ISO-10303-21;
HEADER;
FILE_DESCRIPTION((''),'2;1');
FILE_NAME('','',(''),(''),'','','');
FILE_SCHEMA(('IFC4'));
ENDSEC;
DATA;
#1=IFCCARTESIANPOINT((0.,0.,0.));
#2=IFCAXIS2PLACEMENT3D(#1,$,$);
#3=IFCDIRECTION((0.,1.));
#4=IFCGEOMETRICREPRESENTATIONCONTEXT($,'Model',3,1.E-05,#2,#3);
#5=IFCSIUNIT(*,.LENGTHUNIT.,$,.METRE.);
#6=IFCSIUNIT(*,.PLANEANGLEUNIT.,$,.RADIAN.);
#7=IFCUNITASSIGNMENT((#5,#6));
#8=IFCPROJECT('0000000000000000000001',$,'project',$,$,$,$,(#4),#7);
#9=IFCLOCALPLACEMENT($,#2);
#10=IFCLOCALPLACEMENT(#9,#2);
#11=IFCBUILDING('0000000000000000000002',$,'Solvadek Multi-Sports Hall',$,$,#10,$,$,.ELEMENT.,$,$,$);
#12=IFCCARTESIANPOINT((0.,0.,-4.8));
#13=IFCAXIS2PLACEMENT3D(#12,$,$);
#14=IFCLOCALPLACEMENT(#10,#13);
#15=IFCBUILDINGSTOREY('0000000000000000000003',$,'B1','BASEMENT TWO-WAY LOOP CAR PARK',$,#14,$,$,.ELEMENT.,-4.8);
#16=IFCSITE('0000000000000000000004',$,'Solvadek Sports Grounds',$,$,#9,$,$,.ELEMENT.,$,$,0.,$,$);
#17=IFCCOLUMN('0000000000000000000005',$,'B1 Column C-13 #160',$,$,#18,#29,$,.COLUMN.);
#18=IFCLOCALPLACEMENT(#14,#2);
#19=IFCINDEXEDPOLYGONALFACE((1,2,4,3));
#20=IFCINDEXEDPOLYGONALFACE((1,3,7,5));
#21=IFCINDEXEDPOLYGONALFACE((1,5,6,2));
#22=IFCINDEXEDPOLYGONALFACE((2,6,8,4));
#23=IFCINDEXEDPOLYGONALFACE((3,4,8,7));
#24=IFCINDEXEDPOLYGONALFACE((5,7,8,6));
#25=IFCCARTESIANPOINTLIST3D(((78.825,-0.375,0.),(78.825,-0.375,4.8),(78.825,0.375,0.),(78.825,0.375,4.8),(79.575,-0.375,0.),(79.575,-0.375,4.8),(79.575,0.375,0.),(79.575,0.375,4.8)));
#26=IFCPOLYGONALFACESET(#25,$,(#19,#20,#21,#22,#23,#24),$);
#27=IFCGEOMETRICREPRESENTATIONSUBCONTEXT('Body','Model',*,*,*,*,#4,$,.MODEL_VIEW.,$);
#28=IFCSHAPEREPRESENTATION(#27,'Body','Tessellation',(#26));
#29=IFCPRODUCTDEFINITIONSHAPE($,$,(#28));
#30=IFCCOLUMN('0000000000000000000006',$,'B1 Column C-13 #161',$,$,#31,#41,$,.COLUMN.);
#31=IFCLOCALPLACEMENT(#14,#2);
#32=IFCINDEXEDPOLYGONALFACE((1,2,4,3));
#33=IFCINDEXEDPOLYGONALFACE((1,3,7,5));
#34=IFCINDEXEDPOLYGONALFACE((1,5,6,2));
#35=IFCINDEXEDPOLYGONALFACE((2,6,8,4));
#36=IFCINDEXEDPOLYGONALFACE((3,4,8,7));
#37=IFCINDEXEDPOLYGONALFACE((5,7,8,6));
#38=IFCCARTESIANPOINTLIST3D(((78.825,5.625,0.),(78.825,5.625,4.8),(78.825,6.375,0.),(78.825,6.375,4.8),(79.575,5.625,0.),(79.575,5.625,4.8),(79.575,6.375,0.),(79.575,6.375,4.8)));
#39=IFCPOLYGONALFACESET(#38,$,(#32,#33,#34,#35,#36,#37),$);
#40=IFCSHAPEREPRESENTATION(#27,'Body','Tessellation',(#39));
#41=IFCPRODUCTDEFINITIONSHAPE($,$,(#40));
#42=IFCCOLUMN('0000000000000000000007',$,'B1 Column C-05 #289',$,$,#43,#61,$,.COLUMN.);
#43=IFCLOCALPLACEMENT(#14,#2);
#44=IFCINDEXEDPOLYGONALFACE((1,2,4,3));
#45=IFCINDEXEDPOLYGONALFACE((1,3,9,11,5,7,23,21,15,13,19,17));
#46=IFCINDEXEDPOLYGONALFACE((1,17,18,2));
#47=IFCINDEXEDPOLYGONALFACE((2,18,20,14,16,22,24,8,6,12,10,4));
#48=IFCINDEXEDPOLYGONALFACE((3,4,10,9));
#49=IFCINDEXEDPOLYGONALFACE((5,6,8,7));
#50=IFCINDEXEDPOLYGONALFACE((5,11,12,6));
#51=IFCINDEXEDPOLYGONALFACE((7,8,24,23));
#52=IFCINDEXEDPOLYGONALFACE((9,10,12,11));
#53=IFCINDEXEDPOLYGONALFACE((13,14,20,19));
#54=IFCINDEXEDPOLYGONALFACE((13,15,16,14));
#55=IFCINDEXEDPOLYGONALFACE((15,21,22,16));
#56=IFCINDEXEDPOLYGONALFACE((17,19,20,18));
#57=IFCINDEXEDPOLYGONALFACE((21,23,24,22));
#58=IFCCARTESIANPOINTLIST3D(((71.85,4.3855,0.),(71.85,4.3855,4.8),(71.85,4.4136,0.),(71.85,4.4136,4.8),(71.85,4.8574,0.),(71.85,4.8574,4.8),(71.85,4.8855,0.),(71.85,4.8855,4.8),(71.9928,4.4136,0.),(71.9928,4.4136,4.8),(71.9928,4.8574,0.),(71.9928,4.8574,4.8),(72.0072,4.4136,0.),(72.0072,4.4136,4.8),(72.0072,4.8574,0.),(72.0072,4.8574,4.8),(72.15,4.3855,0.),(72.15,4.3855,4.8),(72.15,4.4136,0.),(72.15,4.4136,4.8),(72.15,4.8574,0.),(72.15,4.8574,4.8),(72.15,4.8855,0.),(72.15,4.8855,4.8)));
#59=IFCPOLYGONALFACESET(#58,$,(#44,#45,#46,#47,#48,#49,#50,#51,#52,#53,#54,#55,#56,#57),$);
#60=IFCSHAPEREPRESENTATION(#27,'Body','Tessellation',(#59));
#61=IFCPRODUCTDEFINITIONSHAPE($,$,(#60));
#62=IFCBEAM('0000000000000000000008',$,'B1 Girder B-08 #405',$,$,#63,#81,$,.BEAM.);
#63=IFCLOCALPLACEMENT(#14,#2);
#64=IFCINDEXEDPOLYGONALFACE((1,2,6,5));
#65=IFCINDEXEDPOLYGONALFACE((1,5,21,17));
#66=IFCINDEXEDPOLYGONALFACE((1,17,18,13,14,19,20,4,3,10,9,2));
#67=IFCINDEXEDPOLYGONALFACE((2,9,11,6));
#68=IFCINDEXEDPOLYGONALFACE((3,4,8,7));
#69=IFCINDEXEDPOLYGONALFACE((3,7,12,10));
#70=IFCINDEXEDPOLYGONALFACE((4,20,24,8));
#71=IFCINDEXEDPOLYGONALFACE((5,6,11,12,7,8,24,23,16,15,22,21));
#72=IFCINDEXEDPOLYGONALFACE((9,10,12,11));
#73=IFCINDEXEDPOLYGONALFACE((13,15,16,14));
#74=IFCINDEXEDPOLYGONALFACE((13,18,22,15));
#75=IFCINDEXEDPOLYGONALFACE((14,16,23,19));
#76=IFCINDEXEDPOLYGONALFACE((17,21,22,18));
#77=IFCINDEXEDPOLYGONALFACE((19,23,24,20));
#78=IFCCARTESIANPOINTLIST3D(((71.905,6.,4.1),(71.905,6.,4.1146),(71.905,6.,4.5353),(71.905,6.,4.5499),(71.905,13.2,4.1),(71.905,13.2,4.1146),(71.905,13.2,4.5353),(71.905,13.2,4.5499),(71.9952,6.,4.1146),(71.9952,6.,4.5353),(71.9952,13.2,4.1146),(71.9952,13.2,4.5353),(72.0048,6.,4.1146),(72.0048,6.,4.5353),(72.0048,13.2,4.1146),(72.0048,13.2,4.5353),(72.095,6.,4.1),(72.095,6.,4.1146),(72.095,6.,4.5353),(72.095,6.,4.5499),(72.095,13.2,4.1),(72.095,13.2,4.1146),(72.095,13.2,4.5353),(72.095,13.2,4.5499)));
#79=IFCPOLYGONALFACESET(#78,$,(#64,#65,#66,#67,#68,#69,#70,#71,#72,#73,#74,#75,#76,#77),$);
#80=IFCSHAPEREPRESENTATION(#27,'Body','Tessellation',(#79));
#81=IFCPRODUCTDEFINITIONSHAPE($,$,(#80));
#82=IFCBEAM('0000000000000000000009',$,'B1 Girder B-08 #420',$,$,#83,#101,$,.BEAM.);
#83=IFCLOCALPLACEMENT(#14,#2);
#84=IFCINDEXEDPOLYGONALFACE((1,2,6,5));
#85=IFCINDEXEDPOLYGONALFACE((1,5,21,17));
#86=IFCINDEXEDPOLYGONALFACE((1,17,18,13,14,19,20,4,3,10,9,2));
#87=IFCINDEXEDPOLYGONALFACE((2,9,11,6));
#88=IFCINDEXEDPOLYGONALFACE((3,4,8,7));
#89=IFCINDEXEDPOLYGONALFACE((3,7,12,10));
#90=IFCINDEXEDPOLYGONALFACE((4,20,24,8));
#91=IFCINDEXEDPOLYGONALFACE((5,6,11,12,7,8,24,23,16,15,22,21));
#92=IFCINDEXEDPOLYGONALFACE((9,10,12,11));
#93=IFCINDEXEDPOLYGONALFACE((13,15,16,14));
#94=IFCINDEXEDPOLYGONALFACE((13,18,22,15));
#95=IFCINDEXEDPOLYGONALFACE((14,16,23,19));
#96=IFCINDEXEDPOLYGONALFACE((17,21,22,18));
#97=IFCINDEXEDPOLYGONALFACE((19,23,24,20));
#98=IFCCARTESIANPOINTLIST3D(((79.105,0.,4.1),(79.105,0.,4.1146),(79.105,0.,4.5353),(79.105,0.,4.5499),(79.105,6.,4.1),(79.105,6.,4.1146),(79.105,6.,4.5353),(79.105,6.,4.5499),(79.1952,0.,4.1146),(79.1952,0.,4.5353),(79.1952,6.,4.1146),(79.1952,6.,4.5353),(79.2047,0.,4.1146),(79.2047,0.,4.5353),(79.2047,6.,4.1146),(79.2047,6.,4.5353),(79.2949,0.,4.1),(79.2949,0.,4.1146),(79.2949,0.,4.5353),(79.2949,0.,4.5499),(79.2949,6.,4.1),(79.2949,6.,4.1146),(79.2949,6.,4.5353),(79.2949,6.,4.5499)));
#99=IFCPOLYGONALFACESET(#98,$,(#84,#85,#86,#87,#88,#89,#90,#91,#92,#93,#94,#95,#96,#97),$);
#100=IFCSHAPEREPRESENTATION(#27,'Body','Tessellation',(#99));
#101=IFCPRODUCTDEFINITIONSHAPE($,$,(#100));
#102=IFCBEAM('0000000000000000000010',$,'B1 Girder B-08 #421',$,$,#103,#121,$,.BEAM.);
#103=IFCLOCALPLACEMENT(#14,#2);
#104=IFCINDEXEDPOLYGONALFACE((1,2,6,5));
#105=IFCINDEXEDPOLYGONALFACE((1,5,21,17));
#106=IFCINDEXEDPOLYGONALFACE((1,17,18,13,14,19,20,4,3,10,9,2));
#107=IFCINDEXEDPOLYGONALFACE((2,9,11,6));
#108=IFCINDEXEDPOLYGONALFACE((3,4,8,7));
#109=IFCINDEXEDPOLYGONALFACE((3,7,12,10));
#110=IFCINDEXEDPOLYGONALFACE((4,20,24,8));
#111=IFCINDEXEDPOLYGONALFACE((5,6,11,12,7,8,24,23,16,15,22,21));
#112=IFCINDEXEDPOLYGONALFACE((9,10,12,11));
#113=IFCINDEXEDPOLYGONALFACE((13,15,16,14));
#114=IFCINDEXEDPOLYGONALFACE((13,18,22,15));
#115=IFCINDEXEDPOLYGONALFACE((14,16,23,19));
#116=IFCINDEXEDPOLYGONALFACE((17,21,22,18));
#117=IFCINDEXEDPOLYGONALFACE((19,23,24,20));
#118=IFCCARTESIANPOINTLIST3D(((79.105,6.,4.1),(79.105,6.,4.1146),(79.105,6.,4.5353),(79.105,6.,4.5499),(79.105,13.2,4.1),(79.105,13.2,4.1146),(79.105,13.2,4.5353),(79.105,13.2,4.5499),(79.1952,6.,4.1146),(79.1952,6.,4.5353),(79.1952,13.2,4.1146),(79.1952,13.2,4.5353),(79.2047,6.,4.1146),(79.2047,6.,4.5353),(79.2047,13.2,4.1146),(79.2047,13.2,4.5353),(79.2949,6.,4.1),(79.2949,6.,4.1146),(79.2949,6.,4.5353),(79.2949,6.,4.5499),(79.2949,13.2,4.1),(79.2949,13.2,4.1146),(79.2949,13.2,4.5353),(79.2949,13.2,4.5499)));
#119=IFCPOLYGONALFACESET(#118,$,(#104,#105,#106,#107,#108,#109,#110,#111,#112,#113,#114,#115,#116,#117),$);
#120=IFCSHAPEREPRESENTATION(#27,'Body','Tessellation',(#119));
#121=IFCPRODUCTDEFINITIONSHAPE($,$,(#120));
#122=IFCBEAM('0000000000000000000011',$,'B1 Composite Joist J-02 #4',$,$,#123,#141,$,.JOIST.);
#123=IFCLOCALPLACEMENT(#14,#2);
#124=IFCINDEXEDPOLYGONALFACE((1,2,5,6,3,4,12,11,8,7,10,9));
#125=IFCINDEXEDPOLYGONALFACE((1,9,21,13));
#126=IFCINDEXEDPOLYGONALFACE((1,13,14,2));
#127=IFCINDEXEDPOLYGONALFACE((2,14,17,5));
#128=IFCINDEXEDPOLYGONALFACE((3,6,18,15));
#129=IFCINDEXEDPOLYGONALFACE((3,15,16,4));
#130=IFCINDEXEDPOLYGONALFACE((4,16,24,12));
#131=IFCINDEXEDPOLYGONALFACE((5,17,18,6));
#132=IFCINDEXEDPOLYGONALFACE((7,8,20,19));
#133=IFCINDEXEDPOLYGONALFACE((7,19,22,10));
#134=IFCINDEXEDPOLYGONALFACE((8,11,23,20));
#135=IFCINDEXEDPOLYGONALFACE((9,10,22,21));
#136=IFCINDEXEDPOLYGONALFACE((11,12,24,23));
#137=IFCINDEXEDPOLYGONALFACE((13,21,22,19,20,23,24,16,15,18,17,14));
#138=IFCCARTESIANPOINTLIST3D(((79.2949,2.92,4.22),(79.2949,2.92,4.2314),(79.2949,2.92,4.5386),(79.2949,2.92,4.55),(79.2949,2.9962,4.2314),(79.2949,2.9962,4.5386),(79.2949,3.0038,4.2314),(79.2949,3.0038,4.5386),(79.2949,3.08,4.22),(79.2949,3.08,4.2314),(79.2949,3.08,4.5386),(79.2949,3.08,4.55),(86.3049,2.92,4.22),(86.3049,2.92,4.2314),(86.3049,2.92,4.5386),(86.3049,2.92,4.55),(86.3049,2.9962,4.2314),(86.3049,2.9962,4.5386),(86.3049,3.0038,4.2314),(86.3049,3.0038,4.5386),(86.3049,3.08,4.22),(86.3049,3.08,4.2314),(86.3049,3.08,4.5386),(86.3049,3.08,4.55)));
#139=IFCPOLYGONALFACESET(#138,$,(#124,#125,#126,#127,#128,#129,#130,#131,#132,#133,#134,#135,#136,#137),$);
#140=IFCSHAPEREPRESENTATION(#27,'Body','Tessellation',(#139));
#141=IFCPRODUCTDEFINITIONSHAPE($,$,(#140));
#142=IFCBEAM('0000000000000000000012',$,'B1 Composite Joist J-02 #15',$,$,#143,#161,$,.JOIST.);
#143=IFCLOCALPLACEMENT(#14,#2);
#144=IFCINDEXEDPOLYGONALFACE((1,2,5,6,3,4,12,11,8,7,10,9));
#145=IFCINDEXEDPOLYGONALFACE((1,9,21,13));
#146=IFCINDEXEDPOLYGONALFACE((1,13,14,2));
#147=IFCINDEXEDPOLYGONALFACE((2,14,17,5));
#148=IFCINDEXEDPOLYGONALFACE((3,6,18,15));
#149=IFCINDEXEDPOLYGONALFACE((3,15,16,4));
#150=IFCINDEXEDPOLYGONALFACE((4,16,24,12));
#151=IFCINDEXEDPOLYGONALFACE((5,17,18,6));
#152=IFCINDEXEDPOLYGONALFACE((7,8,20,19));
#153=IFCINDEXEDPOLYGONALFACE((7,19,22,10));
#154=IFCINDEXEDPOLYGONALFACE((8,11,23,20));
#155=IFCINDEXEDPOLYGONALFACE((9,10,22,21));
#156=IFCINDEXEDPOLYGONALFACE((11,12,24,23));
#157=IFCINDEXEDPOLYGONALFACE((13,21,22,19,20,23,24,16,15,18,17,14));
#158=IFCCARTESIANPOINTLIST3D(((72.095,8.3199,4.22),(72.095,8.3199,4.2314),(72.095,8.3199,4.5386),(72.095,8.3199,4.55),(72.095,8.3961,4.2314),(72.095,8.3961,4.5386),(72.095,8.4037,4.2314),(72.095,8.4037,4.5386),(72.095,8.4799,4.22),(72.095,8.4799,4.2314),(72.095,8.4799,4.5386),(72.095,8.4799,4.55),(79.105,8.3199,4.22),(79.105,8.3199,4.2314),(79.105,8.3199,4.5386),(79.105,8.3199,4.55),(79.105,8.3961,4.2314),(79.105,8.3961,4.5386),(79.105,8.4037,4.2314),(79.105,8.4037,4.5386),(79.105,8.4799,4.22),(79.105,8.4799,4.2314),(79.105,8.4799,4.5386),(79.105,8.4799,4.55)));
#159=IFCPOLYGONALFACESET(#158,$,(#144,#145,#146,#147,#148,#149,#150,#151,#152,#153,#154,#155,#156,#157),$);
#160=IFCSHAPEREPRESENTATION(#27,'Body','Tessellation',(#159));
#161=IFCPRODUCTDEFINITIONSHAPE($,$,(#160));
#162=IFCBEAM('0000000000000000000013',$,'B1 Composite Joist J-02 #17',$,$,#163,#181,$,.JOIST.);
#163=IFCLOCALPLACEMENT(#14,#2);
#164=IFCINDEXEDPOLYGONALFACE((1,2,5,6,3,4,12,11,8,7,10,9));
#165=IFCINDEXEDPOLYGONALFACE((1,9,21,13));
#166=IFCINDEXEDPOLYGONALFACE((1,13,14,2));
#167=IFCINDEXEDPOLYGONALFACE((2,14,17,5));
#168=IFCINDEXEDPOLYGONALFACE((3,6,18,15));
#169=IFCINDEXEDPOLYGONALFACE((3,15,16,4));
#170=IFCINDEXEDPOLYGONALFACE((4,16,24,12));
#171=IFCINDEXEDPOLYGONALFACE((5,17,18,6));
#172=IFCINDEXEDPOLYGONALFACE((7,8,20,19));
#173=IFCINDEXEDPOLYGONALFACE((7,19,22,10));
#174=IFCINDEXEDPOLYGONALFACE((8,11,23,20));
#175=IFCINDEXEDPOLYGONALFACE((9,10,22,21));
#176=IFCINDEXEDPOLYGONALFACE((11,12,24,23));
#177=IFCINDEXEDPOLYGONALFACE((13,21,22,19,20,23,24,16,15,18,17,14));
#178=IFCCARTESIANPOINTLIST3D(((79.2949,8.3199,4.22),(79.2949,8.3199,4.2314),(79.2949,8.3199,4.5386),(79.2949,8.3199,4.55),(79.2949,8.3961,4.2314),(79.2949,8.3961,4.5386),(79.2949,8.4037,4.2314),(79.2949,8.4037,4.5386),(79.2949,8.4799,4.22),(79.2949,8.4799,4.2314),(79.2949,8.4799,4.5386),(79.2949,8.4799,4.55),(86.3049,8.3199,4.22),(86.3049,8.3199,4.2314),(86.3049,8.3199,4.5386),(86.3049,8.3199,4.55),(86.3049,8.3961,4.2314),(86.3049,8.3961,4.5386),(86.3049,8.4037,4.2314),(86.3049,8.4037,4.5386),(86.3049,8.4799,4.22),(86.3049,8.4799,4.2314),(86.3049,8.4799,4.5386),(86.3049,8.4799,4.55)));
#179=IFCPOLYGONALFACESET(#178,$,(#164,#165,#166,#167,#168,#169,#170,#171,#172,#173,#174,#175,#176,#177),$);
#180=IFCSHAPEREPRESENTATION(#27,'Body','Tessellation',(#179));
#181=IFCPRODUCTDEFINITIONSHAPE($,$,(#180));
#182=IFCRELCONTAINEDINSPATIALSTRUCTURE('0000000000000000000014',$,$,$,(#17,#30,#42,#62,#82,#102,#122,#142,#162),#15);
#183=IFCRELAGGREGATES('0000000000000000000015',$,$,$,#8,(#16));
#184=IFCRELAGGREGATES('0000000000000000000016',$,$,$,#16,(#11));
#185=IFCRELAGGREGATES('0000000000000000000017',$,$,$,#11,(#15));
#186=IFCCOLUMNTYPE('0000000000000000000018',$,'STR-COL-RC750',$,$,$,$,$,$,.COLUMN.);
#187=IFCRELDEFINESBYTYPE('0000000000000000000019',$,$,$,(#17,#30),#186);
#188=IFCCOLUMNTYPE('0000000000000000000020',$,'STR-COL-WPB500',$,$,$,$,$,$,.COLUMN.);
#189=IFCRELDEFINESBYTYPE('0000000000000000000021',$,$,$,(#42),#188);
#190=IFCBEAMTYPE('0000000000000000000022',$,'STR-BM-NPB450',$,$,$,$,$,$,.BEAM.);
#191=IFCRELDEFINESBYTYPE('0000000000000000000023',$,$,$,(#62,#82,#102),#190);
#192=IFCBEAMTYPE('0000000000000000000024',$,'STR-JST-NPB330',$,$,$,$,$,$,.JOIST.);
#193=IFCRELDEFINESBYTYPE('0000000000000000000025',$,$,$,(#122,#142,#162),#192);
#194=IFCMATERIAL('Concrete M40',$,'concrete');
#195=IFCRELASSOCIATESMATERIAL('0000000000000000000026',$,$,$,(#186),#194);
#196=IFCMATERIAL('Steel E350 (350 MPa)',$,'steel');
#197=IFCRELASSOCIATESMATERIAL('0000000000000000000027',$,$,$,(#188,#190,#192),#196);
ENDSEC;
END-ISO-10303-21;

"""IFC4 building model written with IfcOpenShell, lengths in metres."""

from ifc_helpers import new_model, si_unit, direction, frame, origin, origin_2d, place, context, subcontext, project, spatial, rectangle, i_section, extrude, material, material_profile, profile_set, type_object, element, save


model = new_model("IFC4")

# Units and contexts
model_context = context("Model", 3, precision=1e-05, world=origin(), true_north=direction((0.0, 1.0)))
body_context = subcontext(model_context, "Body", "Model", "MODEL_VIEW")
ifc_project = project(units=[si_unit("LENGTHUNIT", "METRE"), si_unit("PLANEANGLEUNIT", "RADIAN")], contexts=[model_context])

# Site, building, storey
site_placement = place(None, origin())
site = spatial("IfcSite", under=ifc_project, at=site_placement, Name="Solvadek Sports Grounds", CompositionType="ELEMENT", RefElevation=0.0)
building_placement = place(site_placement, origin())
building = spatial("IfcBuilding", under=site, at=building_placement, Name="Solvadek Multi-Sports Hall", CompositionType="ELEMENT")
storey_placement = place(building_placement, frame((0.0, 0.0, -4.8)))
storey = spatial("IfcBuildingStorey", under=building, at=storey_placement, Name="B1", Description="BASEMENT TWO-WAY LOOP CAR PARK", CompositionType="ELEMENT", Elevation=-4.8)

# Shared definitions
ifc_material_1 = material(Name="Concrete M40", Category="concrete")

# Columns
ifc_material_2 = material(Name="Steel E350 (350 MPa)", Category="steel")
ifc_material_profile_1 = material_profile(ifc_material_1, rectangle(XDim=0.75, YDim=0.75, at=origin_2d()), Name="RC 750x750")
ifc_profile_set_1 = profile_set([ifc_material_profile_1], Name="Concrete M40")
column_type_1 = type_object("IfcColumnType", Name="STR-COL-RC750", PredefinedType="COLUMN", material=ifc_profile_set_1)
for number, where, z_axis, x_axis, name in (
    (1, (79.2, 0.0, 0.0), (0.0, 0.0, 1.0), (1.0, 0.0, 0.0), "B1 Column C-13 #160"),
    (2, (79.2, 6.0, 0.0), (0.0, 0.0, 1.0), (1.0, 0.0, 0.0), "B1 Column C-13 #161"),
):
    element("IfcColumn", number, at=place(storey_placement, frame(where, z_axis=z_axis, x_axis=x_axis)), inside=storey, type_object=column_type_1, Name=name, PredefinedType="COLUMN", context=body_context, shape_type="SweptSolid", body=[
        extrude(rectangle(XDim=0.75, YDim=0.75, at=origin_2d()), origin(), (0.0, 0.0, 1.0), 4.8),
    ])
ifc_material_profile_2 = material_profile(ifc_material_2, i_section(OverallWidth=0.3, OverallDepth=0.5, WebThickness=0.0144, FlangeThickness=0.0281, at=origin_2d()), Name="WPB 500")
ifc_profile_set_2 = profile_set([ifc_material_profile_2], Name="Steel E350 (350 MPa)")
column_type_2 = type_object("IfcColumnType", Name="STR-COL-WPB500", PredefinedType="COLUMN", material=ifc_profile_set_2)
column_1_placement = place(storey_placement, frame((72.0, 4.6355, 0.0), z_axis=(0.0, 0.0, 1.0), x_axis=(1.0, 0.0, 0.0)))
element("IfcColumn", 3, at=column_1_placement, inside=storey, type_object=column_type_2, Name="B1 Column C-05 #289", PredefinedType="COLUMN", context=body_context, shape_type="SweptSolid", body=[
    extrude(i_section(OverallWidth=0.3, OverallDepth=0.5, WebThickness=0.0144, FlangeThickness=0.0281, at=origin_2d()), origin(), (0.0, 0.0, 1.0), 4.8),
])

# Beams
ifc_material_profile_3 = material_profile(ifc_material_2, i_section(OverallWidth=0.1899, OverallDepth=0.45, WebThickness=0.0095, FlangeThickness=0.0146, at=origin_2d()), Name="NPB 450")
ifc_profile_set_3 = profile_set([ifc_material_profile_3], Name="Steel E350 (350 MPa)")
beam_type_1 = type_object("IfcBeamType", Name="STR-BM-NPB450", PredefinedType="BEAM", material=ifc_profile_set_3)
beam_1_placement = place(storey_placement, frame((72.0, 6.0, 4.325), z_axis=(0.0, 1.0, 0.0), x_axis=(-1.0, 0.0, 0.0)))
element("IfcBeam", 4, at=beam_1_placement, inside=storey, type_object=beam_type_1, Name="B1 Girder B-08 #405", PredefinedType="BEAM", context=body_context, shape_type="SweptSolid", body=[
    extrude(i_section(OverallWidth=0.1899, OverallDepth=0.45, WebThickness=0.0095, FlangeThickness=0.0146, at=origin_2d()), origin(), (0.0, 0.0, 1.0), 7.2),
])
beam_2_placement = place(storey_placement, frame((79.2, 0.0, 4.325), z_axis=(0.0, 1.0, 0.0), x_axis=(-1.0, 0.0, 0.0)))
element("IfcBeam", 5, at=beam_2_placement, inside=storey, type_object=beam_type_1, Name="B1 Girder B-08 #420", PredefinedType="BEAM", context=body_context, shape_type="SweptSolid", body=[
    extrude(i_section(OverallWidth=0.1899, OverallDepth=0.45, WebThickness=0.0095, FlangeThickness=0.0146, at=origin_2d()), origin(), (0.0, 0.0, 1.0), 6.0),
])
beam_3_placement = place(storey_placement, frame((79.2, 6.0, 4.325), z_axis=(0.0, 1.0, 0.0), x_axis=(-1.0, 0.0, 0.0)))
element("IfcBeam", 6, at=beam_3_placement, inside=storey, type_object=beam_type_1, Name="B1 Girder B-08 #421", PredefinedType="BEAM", context=body_context, shape_type="SweptSolid", body=[
    extrude(i_section(OverallWidth=0.1899, OverallDepth=0.45, WebThickness=0.0095, FlangeThickness=0.0146, at=origin_2d()), origin(), (0.0, 0.0, 1.0), 7.2),
])
ifc_material_profile_4 = material_profile(ifc_material_2, i_section(OverallWidth=0.1599, OverallDepth=0.3301, WebThickness=0.0076, FlangeThickness=0.0115, at=origin_2d()), Name="NPB 330")
ifc_profile_set_4 = profile_set([ifc_material_profile_4], Name="Steel E350 (350 MPa)")
beam_type_2 = type_object("IfcBeamType", Name="STR-JST-NPB330", PredefinedType="JOIST", material=ifc_profile_set_4)
for number, where, z_axis, x_axis, name in (
    (7, (79.2949, 3.0, 4.385), (1.0, 0.0, 0.0), (0.0, 1.0, 0.0), "B1 Composite Joist J-02 #4"),
    (8, (72.095, 8.3999, 4.385), (1.0, 0.0, 0.0), (0.0, 1.0, 0.0), "B1 Composite Joist J-02 #15"),
    (9, (79.2949, 8.3999, 4.385), (1.0, 0.0, 0.0), (0.0, 1.0, 0.0), "B1 Composite Joist J-02 #17"),
):
    element("IfcBeam", number, at=place(storey_placement, frame(where, z_axis=z_axis, x_axis=x_axis)), inside=storey, type_object=beam_type_2, Name=name, PredefinedType="JOIST", context=body_context, shape_type="SweptSolid", body=[
        extrude(i_section(OverallWidth=0.1599, OverallDepth=0.3301, WebThickness=0.0076, FlangeThickness=0.0115, at=origin_2d()), origin(), (0.0, 0.0, 1.0), 7.01),
    ])

save(model, "model.ifc")
